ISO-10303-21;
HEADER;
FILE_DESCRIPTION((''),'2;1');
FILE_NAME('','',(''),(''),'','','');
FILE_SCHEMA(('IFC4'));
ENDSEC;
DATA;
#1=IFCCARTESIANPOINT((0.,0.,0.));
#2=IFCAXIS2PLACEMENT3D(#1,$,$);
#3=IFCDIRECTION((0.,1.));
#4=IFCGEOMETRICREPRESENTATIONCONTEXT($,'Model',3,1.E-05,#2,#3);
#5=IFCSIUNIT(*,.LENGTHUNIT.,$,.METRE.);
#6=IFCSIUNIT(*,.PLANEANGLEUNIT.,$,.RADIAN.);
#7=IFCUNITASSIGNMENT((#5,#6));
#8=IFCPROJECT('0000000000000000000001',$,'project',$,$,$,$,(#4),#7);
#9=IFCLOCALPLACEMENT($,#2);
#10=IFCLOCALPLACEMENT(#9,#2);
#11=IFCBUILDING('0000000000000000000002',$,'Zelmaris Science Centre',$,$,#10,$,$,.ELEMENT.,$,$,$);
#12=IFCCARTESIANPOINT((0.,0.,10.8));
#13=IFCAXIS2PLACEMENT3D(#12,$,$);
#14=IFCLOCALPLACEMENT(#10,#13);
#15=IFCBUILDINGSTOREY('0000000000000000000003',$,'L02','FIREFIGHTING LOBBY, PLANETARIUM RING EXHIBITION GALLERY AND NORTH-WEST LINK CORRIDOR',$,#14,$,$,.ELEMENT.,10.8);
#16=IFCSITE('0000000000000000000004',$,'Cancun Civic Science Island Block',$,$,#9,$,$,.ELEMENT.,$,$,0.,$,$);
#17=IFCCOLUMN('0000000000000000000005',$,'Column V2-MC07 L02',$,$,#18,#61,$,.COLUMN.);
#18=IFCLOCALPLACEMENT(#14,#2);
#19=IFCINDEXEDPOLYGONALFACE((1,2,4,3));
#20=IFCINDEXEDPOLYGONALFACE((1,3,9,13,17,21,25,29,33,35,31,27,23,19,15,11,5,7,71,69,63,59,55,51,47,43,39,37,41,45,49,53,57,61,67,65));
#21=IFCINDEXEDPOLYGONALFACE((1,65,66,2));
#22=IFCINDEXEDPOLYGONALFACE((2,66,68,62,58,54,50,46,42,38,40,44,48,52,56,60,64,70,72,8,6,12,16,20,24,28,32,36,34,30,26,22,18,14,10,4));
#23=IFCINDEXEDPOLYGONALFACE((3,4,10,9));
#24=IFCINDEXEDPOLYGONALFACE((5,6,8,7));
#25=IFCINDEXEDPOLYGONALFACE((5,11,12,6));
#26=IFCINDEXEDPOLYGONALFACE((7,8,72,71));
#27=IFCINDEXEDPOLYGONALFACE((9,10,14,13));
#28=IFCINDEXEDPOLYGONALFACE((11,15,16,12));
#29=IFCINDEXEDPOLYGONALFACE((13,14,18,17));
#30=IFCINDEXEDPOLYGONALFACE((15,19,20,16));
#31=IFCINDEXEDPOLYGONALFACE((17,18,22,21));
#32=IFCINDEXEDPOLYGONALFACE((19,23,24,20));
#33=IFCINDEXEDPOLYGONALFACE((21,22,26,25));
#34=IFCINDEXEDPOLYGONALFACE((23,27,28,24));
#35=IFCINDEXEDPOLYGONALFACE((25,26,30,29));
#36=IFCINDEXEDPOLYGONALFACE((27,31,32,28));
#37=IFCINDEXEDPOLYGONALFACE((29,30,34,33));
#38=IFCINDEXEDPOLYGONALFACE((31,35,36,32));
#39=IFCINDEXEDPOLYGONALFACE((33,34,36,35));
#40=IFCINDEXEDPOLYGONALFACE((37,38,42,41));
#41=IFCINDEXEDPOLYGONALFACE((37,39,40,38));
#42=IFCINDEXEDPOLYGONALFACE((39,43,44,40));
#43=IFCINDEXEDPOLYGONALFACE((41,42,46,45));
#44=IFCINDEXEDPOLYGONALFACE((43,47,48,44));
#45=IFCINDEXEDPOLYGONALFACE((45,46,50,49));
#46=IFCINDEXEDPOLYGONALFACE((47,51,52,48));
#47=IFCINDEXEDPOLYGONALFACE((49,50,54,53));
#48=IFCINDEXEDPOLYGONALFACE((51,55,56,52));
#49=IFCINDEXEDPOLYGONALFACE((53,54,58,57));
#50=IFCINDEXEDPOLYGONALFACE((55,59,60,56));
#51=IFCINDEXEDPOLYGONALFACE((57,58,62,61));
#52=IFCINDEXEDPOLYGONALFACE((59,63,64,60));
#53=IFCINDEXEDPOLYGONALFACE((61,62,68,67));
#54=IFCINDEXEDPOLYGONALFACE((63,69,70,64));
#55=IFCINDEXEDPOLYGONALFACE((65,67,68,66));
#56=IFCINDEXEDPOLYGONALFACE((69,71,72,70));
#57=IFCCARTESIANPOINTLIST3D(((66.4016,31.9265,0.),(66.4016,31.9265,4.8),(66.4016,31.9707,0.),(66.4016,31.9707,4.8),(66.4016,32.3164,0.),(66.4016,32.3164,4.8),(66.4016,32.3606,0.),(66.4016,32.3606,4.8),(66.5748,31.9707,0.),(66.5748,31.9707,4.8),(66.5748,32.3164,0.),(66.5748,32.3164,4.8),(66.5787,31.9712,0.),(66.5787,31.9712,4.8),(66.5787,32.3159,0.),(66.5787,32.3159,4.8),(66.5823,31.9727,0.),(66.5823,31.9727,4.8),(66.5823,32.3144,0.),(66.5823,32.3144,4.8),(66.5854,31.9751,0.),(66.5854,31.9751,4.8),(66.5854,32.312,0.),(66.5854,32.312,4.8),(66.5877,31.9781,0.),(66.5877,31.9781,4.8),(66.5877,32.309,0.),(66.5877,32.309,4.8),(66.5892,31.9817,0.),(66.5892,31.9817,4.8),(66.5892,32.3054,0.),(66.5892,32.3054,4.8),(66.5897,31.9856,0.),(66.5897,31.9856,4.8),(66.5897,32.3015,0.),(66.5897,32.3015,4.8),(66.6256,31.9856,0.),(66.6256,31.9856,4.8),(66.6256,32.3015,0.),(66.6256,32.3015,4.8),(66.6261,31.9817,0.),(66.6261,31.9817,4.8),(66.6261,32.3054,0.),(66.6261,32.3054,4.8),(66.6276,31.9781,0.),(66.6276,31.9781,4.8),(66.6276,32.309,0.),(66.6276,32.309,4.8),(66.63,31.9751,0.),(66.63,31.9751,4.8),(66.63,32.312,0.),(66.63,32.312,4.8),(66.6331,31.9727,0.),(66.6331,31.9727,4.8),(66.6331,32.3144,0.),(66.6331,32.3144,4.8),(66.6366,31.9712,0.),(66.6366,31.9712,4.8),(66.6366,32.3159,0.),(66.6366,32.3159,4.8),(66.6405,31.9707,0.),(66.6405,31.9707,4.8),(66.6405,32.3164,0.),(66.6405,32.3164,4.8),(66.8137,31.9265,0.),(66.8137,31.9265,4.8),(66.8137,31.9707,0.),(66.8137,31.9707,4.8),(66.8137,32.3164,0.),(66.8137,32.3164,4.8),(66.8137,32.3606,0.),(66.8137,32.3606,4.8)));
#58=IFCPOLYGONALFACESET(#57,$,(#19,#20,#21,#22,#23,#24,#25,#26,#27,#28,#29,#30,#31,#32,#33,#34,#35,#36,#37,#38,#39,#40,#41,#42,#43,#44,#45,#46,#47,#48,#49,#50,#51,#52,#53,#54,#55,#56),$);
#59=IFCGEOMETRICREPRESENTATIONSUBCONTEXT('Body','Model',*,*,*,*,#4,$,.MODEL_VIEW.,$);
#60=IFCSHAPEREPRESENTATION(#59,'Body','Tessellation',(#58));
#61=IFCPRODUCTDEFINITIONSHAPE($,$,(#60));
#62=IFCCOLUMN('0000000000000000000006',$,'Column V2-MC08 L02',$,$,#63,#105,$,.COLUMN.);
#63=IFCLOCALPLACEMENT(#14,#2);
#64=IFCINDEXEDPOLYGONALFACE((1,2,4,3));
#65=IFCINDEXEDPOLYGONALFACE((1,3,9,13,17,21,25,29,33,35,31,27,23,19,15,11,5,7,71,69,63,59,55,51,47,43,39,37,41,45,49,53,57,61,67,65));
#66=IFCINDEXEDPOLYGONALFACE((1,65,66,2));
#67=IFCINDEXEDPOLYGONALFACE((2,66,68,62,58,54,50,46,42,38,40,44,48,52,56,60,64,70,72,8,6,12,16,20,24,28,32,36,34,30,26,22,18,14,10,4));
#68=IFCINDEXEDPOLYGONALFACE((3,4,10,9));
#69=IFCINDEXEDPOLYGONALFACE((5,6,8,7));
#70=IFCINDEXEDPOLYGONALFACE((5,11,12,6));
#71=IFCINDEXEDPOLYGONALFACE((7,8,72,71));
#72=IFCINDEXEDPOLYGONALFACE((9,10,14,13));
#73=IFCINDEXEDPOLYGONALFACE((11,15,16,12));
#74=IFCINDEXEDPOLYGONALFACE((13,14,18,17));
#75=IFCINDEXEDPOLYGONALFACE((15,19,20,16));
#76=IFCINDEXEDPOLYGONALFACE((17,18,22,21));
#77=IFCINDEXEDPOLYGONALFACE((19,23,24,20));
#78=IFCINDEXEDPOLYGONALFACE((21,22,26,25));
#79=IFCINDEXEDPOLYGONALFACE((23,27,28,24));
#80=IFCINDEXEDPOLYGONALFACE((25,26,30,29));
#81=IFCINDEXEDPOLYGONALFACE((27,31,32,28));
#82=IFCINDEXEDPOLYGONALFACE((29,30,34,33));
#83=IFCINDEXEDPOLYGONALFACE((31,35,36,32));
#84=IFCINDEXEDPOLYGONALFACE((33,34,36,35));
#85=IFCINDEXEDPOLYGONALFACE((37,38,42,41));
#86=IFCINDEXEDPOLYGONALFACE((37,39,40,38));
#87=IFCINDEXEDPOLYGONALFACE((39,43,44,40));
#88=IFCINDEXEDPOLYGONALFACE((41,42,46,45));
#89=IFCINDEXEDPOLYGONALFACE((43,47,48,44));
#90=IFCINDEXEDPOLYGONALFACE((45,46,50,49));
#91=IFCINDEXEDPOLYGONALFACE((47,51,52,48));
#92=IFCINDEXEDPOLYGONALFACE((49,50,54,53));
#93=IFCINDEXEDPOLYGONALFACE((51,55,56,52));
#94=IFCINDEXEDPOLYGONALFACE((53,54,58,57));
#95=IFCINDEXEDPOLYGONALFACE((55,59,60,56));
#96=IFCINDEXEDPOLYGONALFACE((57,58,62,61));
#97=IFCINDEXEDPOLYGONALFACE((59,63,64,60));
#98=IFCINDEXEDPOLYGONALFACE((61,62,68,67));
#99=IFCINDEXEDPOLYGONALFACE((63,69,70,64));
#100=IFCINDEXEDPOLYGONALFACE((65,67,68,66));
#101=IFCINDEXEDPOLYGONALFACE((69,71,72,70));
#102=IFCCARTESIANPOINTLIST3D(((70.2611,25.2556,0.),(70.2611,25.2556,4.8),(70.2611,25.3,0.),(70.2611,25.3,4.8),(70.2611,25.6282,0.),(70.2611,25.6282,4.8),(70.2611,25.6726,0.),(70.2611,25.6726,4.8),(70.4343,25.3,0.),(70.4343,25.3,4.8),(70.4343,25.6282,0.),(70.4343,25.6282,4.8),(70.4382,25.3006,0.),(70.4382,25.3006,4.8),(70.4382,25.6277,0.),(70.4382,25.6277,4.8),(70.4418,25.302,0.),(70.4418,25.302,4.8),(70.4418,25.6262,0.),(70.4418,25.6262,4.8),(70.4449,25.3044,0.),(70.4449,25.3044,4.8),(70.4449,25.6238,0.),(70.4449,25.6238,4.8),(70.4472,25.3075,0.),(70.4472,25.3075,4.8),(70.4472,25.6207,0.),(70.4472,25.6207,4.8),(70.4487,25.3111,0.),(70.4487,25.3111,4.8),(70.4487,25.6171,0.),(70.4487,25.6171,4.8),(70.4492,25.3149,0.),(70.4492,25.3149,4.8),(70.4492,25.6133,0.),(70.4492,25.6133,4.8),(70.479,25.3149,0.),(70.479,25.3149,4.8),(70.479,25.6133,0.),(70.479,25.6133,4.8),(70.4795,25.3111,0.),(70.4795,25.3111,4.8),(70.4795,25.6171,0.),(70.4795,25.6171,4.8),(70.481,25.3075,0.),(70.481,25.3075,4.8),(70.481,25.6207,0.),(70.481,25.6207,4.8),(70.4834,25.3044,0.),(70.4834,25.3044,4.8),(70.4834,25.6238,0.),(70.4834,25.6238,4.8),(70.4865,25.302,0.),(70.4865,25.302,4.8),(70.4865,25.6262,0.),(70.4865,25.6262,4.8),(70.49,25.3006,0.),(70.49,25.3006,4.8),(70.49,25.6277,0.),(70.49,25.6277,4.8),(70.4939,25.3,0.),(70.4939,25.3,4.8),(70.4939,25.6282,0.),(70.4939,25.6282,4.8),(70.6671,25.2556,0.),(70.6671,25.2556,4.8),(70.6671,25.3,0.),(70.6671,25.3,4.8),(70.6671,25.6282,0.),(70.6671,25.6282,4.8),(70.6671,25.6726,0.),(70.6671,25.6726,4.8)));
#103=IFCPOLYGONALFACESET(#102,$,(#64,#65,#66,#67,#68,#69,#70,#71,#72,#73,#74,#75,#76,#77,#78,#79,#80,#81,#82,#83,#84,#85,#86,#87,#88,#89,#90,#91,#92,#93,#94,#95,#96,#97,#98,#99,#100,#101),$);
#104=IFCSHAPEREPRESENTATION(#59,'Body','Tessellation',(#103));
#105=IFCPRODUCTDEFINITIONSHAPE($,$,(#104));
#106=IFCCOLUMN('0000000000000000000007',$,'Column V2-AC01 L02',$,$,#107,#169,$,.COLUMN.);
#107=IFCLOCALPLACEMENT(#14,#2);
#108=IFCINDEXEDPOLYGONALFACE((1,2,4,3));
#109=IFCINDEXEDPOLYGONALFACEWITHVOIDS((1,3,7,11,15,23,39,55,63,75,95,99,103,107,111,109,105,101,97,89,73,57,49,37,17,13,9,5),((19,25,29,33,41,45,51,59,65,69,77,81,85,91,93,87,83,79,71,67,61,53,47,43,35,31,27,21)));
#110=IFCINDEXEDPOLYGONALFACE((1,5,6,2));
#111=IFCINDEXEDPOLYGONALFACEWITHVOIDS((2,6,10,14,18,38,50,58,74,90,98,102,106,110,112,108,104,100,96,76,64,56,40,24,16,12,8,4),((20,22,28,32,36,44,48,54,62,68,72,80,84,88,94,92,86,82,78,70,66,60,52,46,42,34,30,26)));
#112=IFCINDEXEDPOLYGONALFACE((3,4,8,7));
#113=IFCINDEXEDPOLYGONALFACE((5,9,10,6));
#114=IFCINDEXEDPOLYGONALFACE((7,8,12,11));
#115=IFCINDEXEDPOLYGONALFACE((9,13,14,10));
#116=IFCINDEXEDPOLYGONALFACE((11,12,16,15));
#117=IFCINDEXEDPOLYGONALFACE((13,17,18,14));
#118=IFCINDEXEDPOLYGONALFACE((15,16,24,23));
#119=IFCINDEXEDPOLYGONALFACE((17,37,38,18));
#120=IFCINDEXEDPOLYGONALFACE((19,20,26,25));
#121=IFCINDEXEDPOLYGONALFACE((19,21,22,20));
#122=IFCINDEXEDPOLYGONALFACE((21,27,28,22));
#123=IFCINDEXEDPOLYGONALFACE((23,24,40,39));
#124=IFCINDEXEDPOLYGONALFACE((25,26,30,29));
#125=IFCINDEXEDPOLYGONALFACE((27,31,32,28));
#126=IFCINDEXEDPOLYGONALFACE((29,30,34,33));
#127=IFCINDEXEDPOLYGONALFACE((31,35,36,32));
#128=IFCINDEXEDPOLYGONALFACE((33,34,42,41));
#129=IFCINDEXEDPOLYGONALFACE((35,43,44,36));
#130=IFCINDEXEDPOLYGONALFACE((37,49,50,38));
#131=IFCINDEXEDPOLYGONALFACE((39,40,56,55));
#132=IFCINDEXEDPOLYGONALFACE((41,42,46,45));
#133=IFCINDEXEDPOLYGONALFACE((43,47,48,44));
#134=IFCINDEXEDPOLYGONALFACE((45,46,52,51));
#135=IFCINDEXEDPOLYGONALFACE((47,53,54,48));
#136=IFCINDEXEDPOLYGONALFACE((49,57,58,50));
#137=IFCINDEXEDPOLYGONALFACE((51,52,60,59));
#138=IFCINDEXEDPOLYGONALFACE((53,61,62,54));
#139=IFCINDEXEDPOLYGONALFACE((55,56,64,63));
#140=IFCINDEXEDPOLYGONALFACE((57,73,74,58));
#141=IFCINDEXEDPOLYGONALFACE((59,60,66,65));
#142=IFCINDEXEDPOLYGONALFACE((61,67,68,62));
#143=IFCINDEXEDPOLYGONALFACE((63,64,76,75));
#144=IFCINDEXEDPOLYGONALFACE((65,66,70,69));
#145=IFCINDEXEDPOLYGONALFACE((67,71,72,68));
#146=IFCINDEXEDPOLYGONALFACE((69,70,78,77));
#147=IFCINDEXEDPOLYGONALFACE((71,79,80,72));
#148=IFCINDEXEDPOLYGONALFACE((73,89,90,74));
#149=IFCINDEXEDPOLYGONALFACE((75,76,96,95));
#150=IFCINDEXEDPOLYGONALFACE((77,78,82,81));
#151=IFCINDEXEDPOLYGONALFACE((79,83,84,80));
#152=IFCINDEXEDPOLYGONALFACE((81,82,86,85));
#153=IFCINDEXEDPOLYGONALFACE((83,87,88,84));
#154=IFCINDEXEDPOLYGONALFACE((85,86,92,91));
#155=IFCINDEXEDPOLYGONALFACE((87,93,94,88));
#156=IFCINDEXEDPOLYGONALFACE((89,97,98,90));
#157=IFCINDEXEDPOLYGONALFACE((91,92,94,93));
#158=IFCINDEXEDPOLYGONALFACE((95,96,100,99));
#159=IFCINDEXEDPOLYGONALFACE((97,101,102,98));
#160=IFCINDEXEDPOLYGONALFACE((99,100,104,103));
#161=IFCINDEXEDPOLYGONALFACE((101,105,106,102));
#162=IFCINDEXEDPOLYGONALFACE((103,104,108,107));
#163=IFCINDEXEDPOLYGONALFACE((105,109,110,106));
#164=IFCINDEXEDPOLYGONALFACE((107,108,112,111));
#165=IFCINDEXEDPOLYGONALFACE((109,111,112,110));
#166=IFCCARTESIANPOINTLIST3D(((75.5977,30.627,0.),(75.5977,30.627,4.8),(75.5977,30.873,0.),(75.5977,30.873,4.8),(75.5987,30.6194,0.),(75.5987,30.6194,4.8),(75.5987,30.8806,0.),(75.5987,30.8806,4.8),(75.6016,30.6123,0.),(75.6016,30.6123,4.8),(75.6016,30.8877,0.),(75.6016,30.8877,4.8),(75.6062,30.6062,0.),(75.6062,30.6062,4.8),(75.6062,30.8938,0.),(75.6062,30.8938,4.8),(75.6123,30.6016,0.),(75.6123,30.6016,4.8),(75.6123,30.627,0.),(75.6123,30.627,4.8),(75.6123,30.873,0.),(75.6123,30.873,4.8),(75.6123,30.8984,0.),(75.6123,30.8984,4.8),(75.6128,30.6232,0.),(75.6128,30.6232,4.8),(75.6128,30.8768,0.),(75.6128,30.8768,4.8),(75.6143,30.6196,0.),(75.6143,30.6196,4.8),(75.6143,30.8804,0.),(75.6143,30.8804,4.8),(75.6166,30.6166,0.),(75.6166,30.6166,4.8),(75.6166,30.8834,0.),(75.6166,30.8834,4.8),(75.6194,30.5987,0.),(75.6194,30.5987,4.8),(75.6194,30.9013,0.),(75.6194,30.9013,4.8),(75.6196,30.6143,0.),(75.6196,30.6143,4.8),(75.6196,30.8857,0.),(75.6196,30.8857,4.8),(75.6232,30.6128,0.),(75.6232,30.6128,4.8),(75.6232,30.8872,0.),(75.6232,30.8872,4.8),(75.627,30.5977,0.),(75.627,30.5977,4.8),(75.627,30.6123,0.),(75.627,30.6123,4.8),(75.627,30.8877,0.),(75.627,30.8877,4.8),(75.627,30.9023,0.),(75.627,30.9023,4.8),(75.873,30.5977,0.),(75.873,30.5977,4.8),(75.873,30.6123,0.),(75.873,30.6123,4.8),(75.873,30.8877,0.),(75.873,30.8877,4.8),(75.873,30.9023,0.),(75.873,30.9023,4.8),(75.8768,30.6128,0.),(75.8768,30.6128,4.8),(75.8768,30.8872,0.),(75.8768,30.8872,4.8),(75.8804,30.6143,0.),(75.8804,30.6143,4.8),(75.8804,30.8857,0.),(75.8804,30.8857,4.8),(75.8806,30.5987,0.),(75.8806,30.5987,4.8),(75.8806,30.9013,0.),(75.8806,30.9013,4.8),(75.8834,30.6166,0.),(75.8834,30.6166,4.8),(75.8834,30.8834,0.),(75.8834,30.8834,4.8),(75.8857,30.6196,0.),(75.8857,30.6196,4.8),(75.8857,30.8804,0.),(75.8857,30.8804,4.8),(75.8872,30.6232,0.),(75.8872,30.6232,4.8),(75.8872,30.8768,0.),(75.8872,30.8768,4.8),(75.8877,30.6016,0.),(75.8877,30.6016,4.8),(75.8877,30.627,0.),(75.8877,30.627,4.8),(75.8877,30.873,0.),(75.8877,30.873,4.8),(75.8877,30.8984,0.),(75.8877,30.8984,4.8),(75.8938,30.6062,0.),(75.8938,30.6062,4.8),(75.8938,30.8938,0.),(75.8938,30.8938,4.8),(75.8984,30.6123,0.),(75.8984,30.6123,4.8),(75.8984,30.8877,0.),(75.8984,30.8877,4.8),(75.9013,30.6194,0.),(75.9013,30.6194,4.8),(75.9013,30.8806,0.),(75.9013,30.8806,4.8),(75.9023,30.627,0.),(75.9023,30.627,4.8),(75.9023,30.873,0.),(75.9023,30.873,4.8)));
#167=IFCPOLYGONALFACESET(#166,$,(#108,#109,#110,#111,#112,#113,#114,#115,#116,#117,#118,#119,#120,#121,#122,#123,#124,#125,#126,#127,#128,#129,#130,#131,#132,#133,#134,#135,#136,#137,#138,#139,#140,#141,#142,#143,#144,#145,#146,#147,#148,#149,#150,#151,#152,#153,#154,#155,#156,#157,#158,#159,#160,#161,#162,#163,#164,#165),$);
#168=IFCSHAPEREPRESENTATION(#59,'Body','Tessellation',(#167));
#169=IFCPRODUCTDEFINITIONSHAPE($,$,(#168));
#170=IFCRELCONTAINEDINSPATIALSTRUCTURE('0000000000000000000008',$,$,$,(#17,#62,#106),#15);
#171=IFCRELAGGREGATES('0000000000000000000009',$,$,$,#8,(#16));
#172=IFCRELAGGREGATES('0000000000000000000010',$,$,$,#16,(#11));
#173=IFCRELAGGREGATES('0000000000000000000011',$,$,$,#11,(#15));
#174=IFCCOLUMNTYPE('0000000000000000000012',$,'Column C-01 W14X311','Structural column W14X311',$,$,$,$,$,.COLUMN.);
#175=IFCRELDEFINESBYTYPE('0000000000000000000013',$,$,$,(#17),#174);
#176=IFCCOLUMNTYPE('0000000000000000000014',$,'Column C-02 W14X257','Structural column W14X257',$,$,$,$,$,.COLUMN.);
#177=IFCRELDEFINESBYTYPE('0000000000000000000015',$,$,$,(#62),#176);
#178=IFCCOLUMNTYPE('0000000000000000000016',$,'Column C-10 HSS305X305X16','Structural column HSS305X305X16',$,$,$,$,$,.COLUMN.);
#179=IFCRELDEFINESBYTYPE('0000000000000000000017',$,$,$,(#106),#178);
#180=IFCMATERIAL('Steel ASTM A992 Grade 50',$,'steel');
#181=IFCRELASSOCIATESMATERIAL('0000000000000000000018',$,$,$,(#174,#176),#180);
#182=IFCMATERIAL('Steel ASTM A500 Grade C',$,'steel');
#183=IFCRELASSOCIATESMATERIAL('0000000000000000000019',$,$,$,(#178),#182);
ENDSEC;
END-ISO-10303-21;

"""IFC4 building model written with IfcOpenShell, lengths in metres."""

from ifc_helpers import new_model, si_unit, direction, frame, origin, origin_2d, place, context, subcontext, project, spatial, hollow_rectangle, i_section, extrude, material, material_profile, profile_set, type_object, element, save


model = new_model("IFC4")

# Units and contexts
model_context = context("Model", 3, precision=1e-05, world=origin(), true_north=direction((0.0, 1.0)))
body_context = subcontext(model_context, "Body", "Model", "MODEL_VIEW")
ifc_project = project(units=[si_unit("LENGTHUNIT", "METRE"), si_unit("PLANEANGLEUNIT", "RADIAN")], contexts=[model_context])

# Site, building, storey
site_placement = place(None, origin())
site = spatial("IfcSite", under=ifc_project, at=site_placement, Name="Cancun Civic Science Island Block", CompositionType="ELEMENT", RefElevation=0.0)
building_placement = place(site_placement, origin())
building = spatial("IfcBuilding", under=site, at=building_placement, Name="Zelmaris Science Centre", CompositionType="ELEMENT")
storey_placement = place(building_placement, frame((0.0, 0.0, 10.8)))
storey = spatial("IfcBuildingStorey", under=building, at=storey_placement, Name="L02", Description="FIREFIGHTING LOBBY, PLANETARIUM RING EXHIBITION GALLERY AND NORTH-WEST LINK CORRIDOR", CompositionType="ELEMENT", Elevation=10.8)

# Columns
ifc_material_1 = material(Name="Steel ASTM A992 Grade 50", Category="steel")
ifc_material_profile_1 = material_profile(ifc_material_1, i_section(OverallWidth=0.4121, OverallDepth=0.4341, WebThickness=0.0359, FlangeThickness=0.0442, FilletRadius=0.0149, at=origin_2d()), Name="W14X311")
ifc_profile_set_1 = profile_set([ifc_material_profile_1], Name="Steel ASTM A992 Grade 50")
column_type_1 = type_object("IfcColumnType", Name="Column C-01 W14X311", Description="Structural column W14X311", PredefinedType="COLUMN", material=ifc_profile_set_1)
column_1_placement = place(storey_placement, frame((66.6077, 32.1436, 0.0), z_axis=(0.0, 0.0, 1.0), x_axis=(1.0, 0.0, 0.0)))
element("IfcColumn", 1, at=column_1_placement, inside=storey, type_object=column_type_1, Name="Column V2-MC07 L02", PredefinedType="COLUMN", context=body_context, shape_type="SweptSolid", body=[
    extrude(i_section(OverallWidth=0.4121, OverallDepth=0.4341, WebThickness=0.0359, FlangeThickness=0.0442, FilletRadius=0.0149, at=origin_2d()), origin(), (0.0, 0.0, 1.0), 4.8),
])
ifc_material_profile_2 = material_profile(ifc_material_1, i_section(OverallWidth=0.406, OverallDepth=0.417, WebThickness=0.0298, FlangeThickness=0.0444, FilletRadius=0.0149, at=origin_2d()), Name="W14X257")
ifc_profile_set_2 = profile_set([ifc_material_profile_2], Name="Steel ASTM A992 Grade 50")
column_type_2 = type_object("IfcColumnType", Name="Column C-02 W14X257", Description="Structural column W14X257", PredefinedType="COLUMN", material=ifc_profile_set_2)
column_2_placement = place(storey_placement, frame((70.4641, 25.4641, 0.0), z_axis=(0.0, 0.0, 1.0), x_axis=(1.0, 0.0, 0.0)))
element("IfcColumn", 2, at=column_2_placement, inside=storey, type_object=column_type_2, Name="Column V2-MC08 L02", PredefinedType="COLUMN", context=body_context, shape_type="SweptSolid", body=[
    extrude(i_section(OverallWidth=0.406, OverallDepth=0.417, WebThickness=0.0298, FlangeThickness=0.0444, FilletRadius=0.0149, at=origin_2d()), origin(), (0.0, 0.0, 1.0), 4.8),
])
ifc_material_2 = material(Name="Steel ASTM A500 Grade C", Category="steel")
ifc_material_profile_3 = material_profile(ifc_material_2, hollow_rectangle(XDim=0.3047, YDim=0.3047, WallThickness=0.0146, InnerFilletRadius=0.0146, OuterFilletRadius=0.0293, at=origin_2d()), Name="HSS305X305X16")
ifc_profile_set_3 = profile_set([ifc_material_profile_3], Name="Steel ASTM A500 Grade C")
column_type_3 = type_object("IfcColumnType", Name="Column C-10 HSS305X305X16", Description="Structural column HSS305X305X16", PredefinedType="COLUMN", material=ifc_profile_set_3)
column_3_placement = place(storey_placement, frame((75.75, 30.75, 0.0), z_axis=(0.0, 0.0, 1.0), x_axis=(1.0, 0.0, 0.0)))
element("IfcColumn", 3, at=column_3_placement, inside=storey, type_object=column_type_3, Name="Column V2-AC01 L02", PredefinedType="COLUMN", context=body_context, shape_type="SweptSolid", body=[
    extrude(hollow_rectangle(XDim=0.3047, YDim=0.3047, WallThickness=0.0146, InnerFilletRadius=0.0146, OuterFilletRadius=0.0293, at=origin_2d()), origin(), (0.0, 0.0, 1.0), 4.8),
])

save(model, "model.ifc")
